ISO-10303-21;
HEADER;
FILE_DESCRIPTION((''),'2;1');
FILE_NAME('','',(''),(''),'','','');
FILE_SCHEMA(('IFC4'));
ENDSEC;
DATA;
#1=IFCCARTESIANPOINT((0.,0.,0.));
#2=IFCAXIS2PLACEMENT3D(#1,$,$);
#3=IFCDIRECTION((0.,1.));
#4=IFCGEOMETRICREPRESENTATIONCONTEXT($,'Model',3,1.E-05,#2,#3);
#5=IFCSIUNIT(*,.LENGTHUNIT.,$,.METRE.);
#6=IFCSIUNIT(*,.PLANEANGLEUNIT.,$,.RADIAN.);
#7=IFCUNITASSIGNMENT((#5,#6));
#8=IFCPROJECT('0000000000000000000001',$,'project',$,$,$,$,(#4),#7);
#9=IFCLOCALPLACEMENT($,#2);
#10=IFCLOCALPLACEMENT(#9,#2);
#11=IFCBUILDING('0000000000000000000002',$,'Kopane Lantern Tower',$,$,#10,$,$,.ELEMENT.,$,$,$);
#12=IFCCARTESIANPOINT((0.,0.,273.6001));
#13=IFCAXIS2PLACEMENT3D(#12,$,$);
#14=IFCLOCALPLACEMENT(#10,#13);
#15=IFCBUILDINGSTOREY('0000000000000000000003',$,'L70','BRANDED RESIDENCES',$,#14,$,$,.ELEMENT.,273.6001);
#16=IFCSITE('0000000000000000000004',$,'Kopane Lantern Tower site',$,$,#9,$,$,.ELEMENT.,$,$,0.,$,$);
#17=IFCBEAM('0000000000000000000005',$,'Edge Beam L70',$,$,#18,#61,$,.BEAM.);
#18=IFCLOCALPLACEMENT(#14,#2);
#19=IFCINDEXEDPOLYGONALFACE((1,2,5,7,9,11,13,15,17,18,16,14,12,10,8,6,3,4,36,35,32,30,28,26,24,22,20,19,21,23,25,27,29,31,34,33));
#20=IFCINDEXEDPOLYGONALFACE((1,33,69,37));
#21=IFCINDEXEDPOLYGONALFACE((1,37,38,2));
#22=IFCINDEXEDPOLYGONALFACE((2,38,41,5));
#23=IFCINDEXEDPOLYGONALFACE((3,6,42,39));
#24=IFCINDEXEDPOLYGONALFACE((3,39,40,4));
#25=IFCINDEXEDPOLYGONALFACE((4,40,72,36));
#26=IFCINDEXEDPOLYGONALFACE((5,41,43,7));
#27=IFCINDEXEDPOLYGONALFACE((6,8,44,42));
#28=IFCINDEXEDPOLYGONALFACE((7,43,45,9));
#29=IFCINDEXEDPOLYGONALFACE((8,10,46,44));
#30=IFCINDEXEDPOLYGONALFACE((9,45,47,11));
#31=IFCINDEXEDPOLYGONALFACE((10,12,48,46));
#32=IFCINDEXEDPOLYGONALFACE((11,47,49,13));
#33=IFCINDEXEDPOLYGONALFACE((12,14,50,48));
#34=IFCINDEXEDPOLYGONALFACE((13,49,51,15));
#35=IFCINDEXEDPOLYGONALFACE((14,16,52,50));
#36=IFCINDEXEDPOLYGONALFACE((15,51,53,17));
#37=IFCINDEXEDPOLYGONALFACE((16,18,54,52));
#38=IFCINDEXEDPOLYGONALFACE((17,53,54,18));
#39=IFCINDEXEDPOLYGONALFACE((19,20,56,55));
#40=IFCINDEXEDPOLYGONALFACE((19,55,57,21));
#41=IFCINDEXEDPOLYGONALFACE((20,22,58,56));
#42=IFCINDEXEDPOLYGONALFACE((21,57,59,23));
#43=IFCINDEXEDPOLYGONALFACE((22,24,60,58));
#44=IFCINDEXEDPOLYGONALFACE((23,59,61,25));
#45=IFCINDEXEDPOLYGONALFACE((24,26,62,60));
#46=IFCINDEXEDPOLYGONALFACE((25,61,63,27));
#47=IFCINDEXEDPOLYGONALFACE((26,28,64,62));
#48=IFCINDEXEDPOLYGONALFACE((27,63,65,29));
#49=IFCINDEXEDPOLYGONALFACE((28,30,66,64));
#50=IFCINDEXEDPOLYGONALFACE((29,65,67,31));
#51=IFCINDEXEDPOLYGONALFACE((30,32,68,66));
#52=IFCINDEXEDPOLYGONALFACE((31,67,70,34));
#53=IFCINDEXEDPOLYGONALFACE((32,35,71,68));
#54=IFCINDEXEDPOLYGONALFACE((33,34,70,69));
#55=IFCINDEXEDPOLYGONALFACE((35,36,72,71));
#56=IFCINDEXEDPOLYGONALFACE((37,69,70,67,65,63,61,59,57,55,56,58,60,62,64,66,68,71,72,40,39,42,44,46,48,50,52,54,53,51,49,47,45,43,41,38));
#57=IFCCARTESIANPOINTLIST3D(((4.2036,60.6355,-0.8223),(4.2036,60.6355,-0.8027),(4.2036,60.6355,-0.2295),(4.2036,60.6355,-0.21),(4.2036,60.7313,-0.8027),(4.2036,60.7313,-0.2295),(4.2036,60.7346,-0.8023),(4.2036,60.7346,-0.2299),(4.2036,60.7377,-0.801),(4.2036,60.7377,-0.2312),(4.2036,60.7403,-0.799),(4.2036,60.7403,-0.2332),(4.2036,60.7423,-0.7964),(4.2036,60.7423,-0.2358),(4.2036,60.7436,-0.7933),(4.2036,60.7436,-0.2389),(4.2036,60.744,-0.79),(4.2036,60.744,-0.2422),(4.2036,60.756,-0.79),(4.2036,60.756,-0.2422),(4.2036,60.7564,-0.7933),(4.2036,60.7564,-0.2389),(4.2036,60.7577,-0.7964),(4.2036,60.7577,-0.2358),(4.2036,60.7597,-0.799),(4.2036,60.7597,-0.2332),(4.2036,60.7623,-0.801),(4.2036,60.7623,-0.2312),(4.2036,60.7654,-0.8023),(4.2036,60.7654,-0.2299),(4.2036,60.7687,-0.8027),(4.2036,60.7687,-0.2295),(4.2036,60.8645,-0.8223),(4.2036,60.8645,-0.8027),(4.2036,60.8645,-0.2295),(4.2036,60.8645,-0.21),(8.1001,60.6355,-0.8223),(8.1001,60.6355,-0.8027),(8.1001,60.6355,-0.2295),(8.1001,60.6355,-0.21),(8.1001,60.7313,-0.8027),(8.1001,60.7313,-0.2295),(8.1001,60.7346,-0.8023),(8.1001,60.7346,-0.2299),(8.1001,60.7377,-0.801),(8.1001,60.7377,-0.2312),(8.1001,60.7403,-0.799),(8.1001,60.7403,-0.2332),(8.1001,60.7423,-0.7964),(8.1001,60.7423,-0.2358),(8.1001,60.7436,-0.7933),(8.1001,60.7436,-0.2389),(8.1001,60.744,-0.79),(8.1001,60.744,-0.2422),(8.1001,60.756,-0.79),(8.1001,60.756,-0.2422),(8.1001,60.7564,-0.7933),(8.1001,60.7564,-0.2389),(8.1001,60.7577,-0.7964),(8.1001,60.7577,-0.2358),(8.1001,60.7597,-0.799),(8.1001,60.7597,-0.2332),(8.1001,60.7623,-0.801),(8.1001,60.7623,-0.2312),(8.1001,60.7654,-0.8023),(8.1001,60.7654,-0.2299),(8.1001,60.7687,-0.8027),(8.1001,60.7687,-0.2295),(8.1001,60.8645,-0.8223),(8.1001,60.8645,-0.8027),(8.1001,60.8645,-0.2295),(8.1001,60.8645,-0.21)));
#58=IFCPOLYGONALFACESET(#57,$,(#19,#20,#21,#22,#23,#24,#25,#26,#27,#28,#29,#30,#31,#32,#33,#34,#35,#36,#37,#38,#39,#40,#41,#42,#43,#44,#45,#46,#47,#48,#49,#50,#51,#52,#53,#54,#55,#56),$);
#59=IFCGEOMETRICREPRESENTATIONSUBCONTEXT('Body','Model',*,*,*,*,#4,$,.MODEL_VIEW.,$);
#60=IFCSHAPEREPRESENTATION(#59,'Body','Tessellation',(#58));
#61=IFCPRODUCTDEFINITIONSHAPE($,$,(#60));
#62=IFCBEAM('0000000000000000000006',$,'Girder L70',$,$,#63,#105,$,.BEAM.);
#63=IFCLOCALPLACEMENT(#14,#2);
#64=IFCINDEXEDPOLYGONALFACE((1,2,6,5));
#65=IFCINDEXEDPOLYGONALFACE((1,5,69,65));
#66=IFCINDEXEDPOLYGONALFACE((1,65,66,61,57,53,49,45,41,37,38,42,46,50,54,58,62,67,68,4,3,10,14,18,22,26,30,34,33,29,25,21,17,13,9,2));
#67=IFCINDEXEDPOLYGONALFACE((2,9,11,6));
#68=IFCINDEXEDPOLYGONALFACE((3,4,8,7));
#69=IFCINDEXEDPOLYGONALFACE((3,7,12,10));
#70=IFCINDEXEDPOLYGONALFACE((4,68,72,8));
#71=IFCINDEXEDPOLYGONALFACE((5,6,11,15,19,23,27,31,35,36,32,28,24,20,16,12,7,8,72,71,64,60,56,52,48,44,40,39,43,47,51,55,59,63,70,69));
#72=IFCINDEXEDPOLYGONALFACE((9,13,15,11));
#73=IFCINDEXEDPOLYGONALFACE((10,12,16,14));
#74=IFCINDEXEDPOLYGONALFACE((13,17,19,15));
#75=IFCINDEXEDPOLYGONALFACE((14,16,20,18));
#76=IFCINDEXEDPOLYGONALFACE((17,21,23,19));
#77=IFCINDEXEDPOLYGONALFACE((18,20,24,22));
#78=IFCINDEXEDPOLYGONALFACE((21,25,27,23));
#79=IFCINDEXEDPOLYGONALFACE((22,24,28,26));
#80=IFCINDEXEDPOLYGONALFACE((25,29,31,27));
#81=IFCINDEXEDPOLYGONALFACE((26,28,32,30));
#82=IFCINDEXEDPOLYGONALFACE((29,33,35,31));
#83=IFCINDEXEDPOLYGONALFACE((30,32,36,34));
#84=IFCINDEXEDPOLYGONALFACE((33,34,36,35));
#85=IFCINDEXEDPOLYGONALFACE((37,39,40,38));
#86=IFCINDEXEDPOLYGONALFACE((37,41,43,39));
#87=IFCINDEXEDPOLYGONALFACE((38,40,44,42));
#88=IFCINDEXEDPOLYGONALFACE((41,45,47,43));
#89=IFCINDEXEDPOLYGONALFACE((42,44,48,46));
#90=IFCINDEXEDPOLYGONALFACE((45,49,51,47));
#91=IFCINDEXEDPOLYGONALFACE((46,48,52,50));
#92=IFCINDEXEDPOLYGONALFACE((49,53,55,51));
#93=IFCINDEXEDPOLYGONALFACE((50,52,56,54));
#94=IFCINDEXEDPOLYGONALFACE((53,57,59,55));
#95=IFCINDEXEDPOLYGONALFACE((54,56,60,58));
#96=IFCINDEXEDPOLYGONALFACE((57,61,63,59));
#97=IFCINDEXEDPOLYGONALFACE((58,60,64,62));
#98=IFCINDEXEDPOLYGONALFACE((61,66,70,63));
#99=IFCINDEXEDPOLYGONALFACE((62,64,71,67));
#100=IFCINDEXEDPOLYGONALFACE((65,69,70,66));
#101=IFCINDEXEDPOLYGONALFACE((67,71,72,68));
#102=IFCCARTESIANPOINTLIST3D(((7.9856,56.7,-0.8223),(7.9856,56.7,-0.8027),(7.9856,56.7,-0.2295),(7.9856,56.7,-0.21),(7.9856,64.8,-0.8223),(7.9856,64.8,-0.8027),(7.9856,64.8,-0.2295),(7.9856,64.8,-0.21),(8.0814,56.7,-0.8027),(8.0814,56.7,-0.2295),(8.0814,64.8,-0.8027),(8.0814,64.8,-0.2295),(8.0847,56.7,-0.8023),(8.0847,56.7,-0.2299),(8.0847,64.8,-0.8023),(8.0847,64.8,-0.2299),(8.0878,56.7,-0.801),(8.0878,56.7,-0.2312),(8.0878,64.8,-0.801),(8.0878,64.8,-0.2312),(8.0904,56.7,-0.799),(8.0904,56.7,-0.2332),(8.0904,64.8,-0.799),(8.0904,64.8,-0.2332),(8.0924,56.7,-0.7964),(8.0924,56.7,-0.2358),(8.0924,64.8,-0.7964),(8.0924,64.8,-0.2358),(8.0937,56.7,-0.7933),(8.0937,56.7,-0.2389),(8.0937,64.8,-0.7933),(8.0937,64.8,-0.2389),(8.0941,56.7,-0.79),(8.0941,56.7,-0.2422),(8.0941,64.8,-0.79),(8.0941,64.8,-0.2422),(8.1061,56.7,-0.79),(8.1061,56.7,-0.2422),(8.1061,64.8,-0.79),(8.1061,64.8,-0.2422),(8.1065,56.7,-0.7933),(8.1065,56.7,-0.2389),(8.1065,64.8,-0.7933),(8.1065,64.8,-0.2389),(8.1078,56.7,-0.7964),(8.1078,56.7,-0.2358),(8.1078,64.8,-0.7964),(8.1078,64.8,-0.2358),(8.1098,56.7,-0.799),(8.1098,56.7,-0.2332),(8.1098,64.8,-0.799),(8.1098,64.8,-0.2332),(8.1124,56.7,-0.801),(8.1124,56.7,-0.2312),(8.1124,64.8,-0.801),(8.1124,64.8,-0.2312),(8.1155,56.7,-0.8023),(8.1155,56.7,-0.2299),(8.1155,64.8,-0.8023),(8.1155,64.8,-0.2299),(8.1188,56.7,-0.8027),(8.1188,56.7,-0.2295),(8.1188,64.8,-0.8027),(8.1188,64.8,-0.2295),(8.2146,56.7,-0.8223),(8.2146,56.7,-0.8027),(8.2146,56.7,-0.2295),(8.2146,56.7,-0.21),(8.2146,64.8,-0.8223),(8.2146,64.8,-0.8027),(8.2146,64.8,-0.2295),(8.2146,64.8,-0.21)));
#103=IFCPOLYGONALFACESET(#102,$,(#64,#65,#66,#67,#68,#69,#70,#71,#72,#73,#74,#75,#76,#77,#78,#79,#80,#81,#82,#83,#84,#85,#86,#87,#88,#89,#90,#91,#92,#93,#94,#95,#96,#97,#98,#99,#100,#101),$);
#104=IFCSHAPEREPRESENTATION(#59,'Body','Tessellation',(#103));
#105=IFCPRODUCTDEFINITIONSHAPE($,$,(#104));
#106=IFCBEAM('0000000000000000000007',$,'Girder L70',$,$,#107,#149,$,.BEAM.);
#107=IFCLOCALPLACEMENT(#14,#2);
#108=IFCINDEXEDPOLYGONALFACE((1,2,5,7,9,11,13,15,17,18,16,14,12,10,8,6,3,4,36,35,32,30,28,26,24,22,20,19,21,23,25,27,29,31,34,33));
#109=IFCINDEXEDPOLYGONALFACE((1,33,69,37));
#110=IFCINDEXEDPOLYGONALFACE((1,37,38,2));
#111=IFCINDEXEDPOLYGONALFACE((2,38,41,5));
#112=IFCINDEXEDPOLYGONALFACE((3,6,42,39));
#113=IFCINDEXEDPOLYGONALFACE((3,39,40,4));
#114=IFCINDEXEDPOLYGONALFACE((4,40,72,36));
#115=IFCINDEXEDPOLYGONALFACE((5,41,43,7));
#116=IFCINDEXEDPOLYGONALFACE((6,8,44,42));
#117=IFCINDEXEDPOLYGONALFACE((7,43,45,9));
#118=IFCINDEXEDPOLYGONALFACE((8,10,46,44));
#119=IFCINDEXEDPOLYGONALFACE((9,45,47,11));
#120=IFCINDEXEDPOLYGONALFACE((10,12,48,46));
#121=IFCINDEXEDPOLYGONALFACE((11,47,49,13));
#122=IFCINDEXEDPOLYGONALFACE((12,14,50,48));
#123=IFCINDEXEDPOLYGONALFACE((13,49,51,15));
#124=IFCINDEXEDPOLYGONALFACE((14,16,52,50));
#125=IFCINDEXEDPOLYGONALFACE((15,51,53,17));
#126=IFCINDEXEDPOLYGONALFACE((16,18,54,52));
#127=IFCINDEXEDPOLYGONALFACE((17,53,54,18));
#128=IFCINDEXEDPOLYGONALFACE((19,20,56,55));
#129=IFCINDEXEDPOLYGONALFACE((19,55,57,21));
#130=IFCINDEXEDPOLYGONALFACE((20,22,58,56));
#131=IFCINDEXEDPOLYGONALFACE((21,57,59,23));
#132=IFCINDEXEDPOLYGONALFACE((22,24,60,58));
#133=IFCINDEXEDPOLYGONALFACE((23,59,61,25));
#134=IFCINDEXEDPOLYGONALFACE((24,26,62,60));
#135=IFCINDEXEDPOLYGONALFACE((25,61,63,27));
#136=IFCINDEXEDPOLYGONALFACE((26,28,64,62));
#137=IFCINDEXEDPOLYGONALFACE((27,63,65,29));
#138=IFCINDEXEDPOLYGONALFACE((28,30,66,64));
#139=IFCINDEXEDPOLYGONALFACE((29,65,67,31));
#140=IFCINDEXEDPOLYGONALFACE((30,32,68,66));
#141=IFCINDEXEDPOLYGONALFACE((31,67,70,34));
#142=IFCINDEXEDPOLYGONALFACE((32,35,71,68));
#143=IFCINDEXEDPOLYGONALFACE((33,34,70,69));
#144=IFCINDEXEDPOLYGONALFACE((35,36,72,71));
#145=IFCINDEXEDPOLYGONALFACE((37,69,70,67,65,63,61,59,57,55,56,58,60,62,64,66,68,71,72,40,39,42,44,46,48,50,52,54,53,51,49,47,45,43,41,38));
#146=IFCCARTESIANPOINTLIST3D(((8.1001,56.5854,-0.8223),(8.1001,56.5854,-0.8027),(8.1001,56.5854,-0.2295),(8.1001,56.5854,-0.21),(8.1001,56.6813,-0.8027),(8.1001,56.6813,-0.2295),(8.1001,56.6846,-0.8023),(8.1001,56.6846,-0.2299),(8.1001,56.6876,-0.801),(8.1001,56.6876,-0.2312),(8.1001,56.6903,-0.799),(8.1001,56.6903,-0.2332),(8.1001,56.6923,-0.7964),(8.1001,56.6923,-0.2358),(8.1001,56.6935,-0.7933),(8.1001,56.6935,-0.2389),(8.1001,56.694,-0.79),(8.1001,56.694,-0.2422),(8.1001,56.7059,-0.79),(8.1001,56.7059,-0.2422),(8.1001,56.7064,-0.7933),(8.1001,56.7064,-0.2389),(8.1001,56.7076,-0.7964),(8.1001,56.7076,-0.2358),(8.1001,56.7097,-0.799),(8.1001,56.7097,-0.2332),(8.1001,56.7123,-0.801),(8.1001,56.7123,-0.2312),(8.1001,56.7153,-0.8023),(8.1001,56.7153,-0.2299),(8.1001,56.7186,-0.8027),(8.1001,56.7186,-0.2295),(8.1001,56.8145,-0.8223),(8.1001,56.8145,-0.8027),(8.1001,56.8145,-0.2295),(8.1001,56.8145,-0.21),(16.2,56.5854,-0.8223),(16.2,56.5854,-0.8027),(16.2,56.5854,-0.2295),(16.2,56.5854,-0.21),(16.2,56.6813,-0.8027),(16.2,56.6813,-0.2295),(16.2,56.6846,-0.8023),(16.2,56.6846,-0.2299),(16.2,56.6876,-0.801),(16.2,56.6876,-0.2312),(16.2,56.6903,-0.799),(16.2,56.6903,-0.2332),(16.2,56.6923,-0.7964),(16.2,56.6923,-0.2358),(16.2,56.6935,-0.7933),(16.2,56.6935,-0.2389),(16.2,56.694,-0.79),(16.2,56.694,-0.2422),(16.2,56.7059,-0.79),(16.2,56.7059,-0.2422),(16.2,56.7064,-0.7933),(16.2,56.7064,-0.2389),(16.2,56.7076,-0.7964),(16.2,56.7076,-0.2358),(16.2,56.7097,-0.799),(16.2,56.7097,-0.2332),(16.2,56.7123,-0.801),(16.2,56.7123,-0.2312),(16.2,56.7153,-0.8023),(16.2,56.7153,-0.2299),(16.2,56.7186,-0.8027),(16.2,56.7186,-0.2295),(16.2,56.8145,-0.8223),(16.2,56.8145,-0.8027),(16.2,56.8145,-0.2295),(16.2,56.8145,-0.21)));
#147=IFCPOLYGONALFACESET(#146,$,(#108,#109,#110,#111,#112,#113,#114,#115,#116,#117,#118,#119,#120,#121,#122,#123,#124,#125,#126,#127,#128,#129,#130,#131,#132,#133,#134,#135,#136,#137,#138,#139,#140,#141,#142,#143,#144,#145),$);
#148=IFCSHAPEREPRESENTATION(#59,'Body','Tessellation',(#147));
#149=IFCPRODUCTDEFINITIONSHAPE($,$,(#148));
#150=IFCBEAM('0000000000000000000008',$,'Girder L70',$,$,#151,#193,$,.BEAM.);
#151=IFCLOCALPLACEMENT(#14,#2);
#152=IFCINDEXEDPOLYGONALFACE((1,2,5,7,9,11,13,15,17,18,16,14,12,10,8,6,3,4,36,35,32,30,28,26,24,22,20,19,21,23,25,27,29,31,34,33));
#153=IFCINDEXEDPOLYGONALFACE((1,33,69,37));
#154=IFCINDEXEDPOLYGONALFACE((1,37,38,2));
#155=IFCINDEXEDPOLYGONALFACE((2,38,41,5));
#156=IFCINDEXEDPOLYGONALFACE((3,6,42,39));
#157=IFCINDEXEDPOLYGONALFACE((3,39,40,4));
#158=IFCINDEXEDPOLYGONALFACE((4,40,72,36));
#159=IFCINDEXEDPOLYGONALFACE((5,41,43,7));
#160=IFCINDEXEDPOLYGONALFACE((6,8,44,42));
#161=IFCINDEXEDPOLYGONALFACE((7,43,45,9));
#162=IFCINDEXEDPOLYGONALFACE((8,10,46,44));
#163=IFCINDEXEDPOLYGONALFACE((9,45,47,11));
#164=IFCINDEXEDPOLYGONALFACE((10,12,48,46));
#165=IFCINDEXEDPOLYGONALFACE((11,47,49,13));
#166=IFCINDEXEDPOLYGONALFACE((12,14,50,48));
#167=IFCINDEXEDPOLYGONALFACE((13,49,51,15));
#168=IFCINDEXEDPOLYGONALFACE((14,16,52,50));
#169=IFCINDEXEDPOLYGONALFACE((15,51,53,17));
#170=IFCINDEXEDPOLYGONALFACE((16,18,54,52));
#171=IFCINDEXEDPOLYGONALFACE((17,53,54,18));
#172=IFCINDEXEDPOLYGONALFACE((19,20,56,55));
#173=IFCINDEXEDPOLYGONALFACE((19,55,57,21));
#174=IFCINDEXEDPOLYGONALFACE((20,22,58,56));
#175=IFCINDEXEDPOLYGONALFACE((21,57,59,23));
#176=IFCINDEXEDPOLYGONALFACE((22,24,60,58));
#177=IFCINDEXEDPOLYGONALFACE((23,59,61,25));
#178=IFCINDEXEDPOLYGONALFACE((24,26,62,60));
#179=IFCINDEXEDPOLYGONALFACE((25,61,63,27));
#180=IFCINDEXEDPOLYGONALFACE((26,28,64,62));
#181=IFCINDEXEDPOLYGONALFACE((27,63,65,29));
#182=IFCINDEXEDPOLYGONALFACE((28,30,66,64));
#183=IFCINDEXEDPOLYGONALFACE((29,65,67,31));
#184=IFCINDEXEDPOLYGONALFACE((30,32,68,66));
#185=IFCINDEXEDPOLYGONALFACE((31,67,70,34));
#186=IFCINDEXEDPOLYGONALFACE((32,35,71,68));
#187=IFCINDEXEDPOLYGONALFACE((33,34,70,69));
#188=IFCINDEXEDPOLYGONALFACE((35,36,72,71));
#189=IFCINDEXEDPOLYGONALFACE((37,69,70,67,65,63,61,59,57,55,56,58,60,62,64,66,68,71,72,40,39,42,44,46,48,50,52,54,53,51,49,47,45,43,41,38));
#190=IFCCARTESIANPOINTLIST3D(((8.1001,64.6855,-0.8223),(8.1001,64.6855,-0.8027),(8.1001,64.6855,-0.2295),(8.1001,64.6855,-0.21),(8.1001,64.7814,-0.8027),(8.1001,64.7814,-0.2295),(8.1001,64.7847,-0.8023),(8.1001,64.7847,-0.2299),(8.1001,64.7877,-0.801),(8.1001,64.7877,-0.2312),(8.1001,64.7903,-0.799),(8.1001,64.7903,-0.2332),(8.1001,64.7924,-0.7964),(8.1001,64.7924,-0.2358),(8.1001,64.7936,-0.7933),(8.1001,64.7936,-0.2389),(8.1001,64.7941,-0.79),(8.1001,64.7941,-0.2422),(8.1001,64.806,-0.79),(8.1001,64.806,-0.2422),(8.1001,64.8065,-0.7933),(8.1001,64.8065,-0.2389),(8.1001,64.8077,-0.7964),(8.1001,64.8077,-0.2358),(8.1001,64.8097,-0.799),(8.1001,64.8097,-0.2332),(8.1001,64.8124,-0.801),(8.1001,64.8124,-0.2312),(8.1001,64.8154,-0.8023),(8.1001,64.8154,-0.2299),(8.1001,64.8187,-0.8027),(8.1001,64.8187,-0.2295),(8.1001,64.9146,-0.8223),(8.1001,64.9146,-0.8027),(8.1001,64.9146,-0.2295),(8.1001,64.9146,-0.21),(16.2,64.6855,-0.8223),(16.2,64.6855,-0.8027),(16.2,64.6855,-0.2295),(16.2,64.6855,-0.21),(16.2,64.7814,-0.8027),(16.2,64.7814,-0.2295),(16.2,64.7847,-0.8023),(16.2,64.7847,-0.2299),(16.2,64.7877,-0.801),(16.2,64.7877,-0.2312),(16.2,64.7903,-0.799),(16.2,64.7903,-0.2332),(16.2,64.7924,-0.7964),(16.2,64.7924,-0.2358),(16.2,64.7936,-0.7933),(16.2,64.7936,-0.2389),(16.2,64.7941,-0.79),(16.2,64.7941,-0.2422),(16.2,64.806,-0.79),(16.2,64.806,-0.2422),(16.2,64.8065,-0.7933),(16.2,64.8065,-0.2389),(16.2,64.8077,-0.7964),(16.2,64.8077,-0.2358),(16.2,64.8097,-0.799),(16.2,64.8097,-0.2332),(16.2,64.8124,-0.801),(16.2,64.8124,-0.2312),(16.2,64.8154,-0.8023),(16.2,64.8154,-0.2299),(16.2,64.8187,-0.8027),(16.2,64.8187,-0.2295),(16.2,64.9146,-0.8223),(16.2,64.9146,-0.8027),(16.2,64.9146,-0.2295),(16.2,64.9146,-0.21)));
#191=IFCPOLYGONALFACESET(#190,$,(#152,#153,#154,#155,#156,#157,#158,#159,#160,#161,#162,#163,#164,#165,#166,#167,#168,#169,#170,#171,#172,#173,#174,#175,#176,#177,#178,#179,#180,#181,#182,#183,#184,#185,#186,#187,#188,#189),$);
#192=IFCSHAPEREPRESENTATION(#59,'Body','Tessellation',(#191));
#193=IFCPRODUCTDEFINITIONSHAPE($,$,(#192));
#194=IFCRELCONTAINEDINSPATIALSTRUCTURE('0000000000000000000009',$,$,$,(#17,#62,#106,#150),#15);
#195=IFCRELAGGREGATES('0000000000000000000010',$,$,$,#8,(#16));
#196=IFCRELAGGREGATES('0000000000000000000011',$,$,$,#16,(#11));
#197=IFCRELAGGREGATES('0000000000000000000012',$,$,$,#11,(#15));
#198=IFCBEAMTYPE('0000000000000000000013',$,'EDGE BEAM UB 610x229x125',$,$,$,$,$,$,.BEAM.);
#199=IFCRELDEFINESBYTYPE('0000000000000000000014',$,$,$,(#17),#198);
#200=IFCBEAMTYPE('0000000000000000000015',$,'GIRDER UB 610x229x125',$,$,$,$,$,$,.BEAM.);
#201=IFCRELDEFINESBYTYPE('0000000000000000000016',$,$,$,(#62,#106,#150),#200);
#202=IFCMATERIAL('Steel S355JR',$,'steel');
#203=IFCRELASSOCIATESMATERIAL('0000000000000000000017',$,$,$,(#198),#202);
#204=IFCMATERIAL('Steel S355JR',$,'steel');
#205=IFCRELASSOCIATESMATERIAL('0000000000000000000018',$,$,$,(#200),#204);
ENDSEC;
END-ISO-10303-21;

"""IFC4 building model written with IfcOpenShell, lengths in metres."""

from ifc_helpers import new_model, si_unit, direction, frame, origin, origin_2d, place, context, subcontext, project, spatial, i_section, extrude, material, material_profile, profile_set, type_object, element, save


model = new_model("IFC4")

# Units and contexts
model_context = context("Model", 3, precision=1e-05, world=origin(), true_north=direction((0.0, 1.0)))
body_context = subcontext(model_context, "Body", "Model", "MODEL_VIEW")
ifc_project = project(units=[si_unit("LENGTHUNIT", "METRE"), si_unit("PLANEANGLEUNIT", "RADIAN")], contexts=[model_context])

# Site, building, storey
site_placement = place(None, origin())
site = spatial("IfcSite", under=ifc_project, at=site_placement, Name="Kopane Lantern Tower site", CompositionType="ELEMENT", RefElevation=0.0)
building_placement = place(site_placement, origin())
building = spatial("IfcBuilding", under=site, at=building_placement, Name="Kopane Lantern Tower", CompositionType="ELEMENT")
storey_placement = place(building_placement, frame((0.0, 0.0, 273.6001)))
storey = spatial("IfcBuildingStorey", under=building, at=storey_placement, Name="L70", Description="BRANDED RESIDENCES", CompositionType="ELEMENT", Elevation=273.6001)

# Beams
ifc_material_1 = material(Name="Steel S355JR", Category="steel")
ifc_material_profile_1 = material_profile(ifc_material_1, i_section(OverallWidth=0.229, OverallDepth=0.6123, WebThickness=0.012, FlangeThickness=0.0195, FilletRadius=0.0127, at=origin_2d()), Name="UB 610x229x125")
ifc_profile_set_1 = profile_set([ifc_material_profile_1], Name="Steel S355JR")
beam_type_1 = type_object("IfcBeamType", Name="EDGE BEAM UB 610x229x125", PredefinedType="BEAM", material=ifc_profile_set_1)
beam_1_placement = place(storey_placement, frame((4.2036, 60.75, -0.5161), z_axis=(1.0, 0.0, 0.0), x_axis=(0.0, 1.0, 0.0)))
element("IfcBeam", 1, at=beam_1_placement, inside=storey, type_object=beam_type_1, Name="Edge Beam L70", PredefinedType="BEAM", context=body_context, shape_type="SweptSolid", body=[
    extrude(i_section(OverallWidth=0.229, OverallDepth=0.6123, WebThickness=0.012, FlangeThickness=0.0195, FilletRadius=0.0127, at=origin_2d()), origin(), (0.0, 0.0, 1.0), 3.8965),
])
ifc_material_2 = material(Name="Steel S355JR", Category="steel")
ifc_material_profile_2 = material_profile(ifc_material_2, i_section(OverallWidth=0.229, OverallDepth=0.6123, WebThickness=0.012, FlangeThickness=0.0195, FilletRadius=0.0127, at=origin_2d()), Name="UB 610x229x125")
ifc_profile_set_2 = profile_set([ifc_material_profile_2], Name="Steel S355JR")
beam_type_2 = type_object("IfcBeamType", Name="GIRDER UB 610x229x125", PredefinedType="BEAM", material=ifc_profile_set_2)
beam_2_placement = place(storey_placement, frame((8.1001, 56.7, -0.5161), z_axis=(0.0, 1.0, 0.0), x_axis=(-1.0, 0.0, 0.0)))
element("IfcBeam", 2, at=beam_2_placement, inside=storey, type_object=beam_type_2, Name="Girder L70", PredefinedType="BEAM", context=body_context, shape_type="SweptSolid", body=[
    extrude(i_section(OverallWidth=0.229, OverallDepth=0.6123, WebThickness=0.012, FlangeThickness=0.0195, FilletRadius=0.0127, at=origin_2d()), origin(), (0.0, 0.0, 1.0), 8.1001),
])
for number, where, z_axis, x_axis, name in (
    (3, (8.1001, 56.7, -0.5161), (1.0, 0.0, 0.0), (0.0, 1.0, 0.0), "Girder L70"),
    (4, (8.1001, 64.8, -0.5161), (1.0, 0.0, 0.0), (0.0, 1.0, 0.0), "Girder L70"),
):
    element("IfcBeam", number, at=place(storey_placement, frame(where, z_axis=z_axis, x_axis=x_axis)), inside=storey, type_object=beam_type_2, Name=name, PredefinedType="BEAM", context=body_context, shape_type="SweptSolid", body=[
        extrude(i_section(OverallWidth=0.229, OverallDepth=0.6123, WebThickness=0.012, FlangeThickness=0.0195, FilletRadius=0.0127, at=origin_2d()), origin(), (0.0, 0.0, 1.0), 8.0999),
    ])

save(model, "model.ifc")
